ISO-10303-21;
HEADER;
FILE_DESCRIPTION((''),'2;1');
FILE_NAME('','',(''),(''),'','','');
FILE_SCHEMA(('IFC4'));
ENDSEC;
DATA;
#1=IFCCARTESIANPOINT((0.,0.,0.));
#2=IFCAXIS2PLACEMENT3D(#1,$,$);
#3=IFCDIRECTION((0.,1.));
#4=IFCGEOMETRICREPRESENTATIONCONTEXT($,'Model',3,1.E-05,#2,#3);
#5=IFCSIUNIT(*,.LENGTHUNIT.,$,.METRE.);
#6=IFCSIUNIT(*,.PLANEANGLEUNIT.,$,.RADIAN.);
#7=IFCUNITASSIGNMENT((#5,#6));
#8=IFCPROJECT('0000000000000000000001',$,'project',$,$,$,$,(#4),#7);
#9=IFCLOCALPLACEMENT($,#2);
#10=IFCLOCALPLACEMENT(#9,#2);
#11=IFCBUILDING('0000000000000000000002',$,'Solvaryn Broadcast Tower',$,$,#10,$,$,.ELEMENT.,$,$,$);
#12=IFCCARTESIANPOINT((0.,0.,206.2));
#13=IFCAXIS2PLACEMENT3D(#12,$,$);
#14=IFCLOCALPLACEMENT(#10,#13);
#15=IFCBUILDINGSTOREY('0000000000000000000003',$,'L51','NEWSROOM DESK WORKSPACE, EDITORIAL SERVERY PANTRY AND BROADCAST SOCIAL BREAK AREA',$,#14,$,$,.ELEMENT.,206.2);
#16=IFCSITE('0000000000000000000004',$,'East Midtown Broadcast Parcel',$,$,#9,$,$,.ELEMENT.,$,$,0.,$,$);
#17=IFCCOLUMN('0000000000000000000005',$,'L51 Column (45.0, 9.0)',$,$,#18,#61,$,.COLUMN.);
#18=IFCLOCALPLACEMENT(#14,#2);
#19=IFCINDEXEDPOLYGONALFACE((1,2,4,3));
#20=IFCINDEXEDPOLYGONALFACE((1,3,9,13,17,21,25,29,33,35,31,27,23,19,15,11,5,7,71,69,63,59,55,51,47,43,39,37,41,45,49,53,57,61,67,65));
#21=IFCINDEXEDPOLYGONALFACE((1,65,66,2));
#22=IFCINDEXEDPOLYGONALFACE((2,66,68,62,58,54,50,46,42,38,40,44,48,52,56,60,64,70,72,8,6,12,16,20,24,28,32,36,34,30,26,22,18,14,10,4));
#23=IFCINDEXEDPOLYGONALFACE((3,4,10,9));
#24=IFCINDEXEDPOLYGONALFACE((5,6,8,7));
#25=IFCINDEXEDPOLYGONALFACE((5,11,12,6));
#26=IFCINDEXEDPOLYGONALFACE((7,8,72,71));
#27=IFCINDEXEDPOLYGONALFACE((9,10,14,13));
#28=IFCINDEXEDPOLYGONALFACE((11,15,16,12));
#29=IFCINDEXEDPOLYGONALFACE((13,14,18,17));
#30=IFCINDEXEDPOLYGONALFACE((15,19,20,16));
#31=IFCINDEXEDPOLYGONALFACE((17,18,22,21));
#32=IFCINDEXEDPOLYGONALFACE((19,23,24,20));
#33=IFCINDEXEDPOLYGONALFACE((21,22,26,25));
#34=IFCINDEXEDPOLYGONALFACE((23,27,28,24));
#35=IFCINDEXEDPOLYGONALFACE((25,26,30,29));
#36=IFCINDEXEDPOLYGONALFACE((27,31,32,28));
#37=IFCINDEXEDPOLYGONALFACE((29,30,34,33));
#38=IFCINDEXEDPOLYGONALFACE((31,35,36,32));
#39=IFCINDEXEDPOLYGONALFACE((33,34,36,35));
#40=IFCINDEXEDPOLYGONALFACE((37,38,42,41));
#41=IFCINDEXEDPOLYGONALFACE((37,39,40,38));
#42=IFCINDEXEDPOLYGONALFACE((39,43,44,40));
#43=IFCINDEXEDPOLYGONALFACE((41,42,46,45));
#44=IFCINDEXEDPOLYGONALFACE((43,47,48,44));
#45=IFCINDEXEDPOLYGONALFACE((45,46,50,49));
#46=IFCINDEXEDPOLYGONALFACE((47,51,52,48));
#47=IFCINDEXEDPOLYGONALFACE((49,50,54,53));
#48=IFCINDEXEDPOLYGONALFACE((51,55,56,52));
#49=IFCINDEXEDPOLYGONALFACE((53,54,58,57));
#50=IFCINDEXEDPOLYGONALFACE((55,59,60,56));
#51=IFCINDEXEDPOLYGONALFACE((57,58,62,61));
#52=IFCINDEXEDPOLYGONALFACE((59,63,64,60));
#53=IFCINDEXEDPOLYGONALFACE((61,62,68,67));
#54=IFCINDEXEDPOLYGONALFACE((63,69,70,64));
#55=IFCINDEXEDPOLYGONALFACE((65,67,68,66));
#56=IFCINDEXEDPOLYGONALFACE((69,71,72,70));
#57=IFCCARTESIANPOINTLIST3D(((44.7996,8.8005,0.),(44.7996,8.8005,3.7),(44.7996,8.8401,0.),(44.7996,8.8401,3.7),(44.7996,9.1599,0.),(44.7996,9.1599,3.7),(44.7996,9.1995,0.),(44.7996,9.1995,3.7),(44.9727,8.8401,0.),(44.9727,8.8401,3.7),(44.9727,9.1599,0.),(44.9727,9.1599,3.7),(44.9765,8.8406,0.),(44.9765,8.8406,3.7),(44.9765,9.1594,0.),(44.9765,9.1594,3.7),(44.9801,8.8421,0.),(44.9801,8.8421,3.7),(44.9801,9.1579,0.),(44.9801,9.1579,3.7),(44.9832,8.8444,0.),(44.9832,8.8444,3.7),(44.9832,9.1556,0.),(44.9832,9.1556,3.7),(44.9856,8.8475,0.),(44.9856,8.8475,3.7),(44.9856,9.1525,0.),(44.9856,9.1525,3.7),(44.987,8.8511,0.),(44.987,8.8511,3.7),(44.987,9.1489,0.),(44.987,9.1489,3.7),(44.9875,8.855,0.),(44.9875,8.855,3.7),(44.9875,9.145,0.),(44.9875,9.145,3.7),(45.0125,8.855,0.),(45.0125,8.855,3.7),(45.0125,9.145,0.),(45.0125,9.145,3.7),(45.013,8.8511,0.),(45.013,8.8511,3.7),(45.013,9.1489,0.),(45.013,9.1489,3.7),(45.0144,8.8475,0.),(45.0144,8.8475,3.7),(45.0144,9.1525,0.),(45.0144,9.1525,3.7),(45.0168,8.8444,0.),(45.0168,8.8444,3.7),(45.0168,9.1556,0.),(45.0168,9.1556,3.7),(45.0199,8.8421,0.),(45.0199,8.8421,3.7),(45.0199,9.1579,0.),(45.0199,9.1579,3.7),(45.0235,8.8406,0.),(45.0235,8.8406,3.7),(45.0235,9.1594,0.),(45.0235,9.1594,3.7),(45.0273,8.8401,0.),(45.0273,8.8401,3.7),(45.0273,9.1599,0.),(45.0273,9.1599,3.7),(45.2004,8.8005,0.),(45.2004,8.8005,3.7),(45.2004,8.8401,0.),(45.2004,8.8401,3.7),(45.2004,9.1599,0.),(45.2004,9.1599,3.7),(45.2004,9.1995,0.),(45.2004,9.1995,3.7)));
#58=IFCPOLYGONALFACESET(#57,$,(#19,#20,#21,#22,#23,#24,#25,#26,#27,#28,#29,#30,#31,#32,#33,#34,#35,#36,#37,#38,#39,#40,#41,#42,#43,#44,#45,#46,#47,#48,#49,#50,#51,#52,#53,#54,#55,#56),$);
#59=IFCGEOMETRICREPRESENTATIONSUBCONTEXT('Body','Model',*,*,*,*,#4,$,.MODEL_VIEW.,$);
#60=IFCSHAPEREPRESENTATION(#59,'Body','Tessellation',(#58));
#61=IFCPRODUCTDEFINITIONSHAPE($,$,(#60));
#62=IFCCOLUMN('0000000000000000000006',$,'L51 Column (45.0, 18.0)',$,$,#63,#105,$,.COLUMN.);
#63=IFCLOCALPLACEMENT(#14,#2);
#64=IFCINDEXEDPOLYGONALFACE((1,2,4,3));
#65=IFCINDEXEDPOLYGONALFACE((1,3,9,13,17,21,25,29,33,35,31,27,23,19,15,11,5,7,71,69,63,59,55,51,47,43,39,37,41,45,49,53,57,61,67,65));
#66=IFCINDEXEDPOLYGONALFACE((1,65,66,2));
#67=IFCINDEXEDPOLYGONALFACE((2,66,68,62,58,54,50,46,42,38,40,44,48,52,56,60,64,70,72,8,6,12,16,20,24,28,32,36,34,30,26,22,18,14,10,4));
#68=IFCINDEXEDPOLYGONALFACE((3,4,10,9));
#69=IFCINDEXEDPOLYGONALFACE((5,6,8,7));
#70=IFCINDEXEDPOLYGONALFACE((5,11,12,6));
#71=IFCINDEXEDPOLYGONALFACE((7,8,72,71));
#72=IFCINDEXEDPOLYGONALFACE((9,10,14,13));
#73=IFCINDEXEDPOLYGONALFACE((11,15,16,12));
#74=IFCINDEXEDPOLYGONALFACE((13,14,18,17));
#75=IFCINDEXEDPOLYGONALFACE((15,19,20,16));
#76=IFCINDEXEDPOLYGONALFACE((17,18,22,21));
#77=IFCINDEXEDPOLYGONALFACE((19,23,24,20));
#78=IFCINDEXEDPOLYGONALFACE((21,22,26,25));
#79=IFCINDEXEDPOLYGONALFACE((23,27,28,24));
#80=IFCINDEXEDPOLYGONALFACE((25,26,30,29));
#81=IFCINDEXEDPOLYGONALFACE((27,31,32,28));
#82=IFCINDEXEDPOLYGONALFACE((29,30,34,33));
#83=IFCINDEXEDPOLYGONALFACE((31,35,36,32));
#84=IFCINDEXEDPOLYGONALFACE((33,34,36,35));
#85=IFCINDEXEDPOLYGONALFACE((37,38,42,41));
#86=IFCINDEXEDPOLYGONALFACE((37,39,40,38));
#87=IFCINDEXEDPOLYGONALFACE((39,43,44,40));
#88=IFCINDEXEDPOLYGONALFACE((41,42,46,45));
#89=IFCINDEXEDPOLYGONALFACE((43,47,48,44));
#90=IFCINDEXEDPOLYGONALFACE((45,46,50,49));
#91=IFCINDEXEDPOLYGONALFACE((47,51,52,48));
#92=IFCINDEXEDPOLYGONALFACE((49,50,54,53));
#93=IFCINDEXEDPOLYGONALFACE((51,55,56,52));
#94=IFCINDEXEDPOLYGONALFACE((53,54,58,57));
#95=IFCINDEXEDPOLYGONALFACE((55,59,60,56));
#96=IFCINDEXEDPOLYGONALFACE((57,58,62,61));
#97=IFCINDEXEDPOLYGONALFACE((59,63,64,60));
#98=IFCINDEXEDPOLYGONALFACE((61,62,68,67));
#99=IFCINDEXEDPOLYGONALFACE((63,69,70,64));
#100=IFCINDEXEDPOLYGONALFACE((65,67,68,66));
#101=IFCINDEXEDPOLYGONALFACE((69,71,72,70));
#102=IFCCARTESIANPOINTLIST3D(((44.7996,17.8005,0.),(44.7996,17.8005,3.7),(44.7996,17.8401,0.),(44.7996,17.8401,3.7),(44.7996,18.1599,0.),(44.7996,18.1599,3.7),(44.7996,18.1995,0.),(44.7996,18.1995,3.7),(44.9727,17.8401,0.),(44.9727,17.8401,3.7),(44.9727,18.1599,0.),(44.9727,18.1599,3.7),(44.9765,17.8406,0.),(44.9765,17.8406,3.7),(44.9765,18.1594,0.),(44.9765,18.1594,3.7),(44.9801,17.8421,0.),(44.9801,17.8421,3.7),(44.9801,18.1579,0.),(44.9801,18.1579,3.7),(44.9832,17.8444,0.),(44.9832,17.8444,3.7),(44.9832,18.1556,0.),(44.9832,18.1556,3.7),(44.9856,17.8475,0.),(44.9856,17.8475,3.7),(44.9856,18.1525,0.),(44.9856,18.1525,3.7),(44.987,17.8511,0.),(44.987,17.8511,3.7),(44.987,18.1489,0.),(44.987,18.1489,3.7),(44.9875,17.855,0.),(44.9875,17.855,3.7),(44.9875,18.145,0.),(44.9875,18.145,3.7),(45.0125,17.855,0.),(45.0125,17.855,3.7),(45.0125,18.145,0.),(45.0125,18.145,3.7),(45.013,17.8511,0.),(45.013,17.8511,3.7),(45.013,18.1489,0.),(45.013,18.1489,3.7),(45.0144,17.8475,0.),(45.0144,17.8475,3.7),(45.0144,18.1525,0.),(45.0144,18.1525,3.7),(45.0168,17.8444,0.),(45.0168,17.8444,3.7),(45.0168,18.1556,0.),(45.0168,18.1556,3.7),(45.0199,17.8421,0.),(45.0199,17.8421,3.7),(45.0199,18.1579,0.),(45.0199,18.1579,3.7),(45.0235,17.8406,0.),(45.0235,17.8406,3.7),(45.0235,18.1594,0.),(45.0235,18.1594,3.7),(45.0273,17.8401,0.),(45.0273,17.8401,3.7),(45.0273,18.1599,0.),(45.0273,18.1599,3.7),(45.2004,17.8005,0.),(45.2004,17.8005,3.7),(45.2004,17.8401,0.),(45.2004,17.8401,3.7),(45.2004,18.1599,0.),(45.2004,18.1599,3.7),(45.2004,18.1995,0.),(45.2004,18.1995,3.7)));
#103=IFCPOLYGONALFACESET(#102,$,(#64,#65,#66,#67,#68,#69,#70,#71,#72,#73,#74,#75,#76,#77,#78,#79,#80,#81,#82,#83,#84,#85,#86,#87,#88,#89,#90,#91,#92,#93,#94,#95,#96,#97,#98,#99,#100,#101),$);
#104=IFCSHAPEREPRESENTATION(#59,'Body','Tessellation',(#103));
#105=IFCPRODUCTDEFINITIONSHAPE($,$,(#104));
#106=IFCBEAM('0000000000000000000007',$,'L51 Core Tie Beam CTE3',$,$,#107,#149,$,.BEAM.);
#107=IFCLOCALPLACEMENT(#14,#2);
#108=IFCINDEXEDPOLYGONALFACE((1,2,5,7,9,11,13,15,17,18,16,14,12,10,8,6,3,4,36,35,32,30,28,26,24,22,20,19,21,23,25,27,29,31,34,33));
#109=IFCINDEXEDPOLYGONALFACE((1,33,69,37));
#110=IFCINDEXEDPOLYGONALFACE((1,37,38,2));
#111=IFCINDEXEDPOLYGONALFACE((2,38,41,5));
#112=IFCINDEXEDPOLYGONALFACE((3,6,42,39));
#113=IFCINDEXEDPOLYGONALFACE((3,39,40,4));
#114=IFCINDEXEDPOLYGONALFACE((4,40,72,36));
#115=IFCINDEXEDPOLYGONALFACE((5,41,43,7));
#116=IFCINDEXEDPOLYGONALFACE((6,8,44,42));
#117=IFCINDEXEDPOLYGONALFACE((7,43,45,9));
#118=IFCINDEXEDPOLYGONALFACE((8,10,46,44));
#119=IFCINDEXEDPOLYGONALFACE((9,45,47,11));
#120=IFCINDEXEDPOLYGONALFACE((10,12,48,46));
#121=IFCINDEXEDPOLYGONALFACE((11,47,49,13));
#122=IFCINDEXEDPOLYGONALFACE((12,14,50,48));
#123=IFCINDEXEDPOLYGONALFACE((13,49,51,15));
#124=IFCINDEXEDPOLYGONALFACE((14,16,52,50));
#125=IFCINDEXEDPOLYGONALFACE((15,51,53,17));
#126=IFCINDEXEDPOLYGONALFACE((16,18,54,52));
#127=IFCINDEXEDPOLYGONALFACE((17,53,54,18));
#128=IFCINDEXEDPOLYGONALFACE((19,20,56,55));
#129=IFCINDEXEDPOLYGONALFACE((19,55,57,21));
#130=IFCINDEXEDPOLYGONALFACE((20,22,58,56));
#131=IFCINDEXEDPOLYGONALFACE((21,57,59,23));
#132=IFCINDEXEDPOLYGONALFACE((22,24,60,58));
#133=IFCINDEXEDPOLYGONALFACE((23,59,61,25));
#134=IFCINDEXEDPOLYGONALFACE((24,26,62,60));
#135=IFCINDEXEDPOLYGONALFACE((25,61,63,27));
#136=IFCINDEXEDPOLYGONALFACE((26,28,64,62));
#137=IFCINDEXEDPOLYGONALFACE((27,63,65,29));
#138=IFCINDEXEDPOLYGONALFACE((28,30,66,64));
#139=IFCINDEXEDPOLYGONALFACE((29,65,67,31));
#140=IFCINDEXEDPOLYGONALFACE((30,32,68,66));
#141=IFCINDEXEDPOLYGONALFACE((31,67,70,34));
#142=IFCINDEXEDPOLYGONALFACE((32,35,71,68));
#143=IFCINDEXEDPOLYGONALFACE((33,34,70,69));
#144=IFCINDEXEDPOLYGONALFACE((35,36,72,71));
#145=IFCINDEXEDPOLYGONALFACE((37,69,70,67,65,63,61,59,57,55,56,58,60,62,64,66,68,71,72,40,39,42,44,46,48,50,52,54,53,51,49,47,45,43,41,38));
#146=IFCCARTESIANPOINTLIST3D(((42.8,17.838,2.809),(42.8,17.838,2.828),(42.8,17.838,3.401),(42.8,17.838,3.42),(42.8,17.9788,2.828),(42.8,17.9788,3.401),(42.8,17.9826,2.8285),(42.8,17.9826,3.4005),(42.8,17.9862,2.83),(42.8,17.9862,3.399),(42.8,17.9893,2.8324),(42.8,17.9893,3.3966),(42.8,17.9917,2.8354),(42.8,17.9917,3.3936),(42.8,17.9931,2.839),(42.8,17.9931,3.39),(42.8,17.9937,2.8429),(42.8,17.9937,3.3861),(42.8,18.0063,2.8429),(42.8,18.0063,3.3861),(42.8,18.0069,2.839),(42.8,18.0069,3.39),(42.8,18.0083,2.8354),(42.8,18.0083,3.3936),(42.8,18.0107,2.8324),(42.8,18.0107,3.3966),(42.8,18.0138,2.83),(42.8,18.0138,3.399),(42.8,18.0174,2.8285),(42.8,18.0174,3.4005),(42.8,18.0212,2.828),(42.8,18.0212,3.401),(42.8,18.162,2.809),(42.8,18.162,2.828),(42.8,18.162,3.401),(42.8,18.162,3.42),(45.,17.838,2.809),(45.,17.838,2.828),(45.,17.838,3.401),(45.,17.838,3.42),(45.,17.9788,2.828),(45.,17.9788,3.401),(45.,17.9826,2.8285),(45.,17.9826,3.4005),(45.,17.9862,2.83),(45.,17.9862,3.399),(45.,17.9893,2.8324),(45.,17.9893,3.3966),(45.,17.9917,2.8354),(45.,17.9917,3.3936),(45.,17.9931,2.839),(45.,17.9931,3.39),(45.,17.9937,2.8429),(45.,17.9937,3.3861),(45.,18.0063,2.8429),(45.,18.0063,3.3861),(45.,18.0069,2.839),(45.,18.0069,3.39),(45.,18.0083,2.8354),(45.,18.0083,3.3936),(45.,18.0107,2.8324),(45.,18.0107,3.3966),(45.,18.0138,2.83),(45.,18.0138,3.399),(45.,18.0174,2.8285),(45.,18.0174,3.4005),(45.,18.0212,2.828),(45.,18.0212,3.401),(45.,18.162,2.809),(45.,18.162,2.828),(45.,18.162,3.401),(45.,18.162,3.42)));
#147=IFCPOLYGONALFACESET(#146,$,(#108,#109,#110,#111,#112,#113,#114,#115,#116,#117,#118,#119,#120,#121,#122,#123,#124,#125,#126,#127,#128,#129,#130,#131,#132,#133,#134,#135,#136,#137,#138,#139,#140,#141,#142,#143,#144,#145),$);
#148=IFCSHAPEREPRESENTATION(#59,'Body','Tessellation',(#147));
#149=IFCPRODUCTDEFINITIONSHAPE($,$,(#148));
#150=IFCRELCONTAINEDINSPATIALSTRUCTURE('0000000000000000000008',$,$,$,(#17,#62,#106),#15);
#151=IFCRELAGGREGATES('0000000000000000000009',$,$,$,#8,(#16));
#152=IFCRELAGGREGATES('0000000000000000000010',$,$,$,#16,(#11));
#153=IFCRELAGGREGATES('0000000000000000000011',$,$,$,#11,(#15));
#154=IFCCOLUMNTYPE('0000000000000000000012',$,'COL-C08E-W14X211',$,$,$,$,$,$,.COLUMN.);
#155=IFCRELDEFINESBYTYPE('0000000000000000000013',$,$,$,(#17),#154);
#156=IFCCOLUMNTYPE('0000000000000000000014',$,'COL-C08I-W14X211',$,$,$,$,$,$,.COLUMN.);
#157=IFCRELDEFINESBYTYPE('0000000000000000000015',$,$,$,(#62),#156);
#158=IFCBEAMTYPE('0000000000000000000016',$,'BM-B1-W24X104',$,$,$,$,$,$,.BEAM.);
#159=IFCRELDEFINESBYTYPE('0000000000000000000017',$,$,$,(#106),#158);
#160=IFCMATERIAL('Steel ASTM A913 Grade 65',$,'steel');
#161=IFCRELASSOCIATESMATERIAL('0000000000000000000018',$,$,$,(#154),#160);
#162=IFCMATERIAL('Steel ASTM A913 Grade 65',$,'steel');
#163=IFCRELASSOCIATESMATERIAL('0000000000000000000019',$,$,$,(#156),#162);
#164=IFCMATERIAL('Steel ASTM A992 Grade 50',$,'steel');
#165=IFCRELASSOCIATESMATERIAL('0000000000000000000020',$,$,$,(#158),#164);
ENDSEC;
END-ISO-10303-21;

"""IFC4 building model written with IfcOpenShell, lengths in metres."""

from ifc_helpers import new_model, si_unit, direction, frame, origin, origin_2d, place, context, subcontext, project, spatial, i_section, extrude, material, material_profile, profile_set, type_object, element, save


model = new_model("IFC4")

# Units and contexts
model_context = context("Model", 3, precision=1e-05, world=origin(), true_north=direction((0.0, 1.0)))
body_context = subcontext(model_context, "Body", "Model", "MODEL_VIEW")
ifc_project = project(units=[si_unit("LENGTHUNIT", "METRE"), si_unit("PLANEANGLEUNIT", "RADIAN")], contexts=[model_context])

# Site, building, storey
site_placement = place(None, origin())
site = spatial("IfcSite", under=ifc_project, at=site_placement, Name="East Midtown Broadcast Parcel", CompositionType="ELEMENT", RefElevation=0.0)
building_placement = place(site_placement, origin())
building = spatial("IfcBuilding", under=site, at=building_placement, Name="Solvaryn Broadcast Tower", CompositionType="ELEMENT")
storey_placement = place(building_placement, frame((0.0, 0.0, 206.2)))
storey = spatial("IfcBuildingStorey", under=building, at=storey_placement, Name="L51", Description="NEWSROOM DESK WORKSPACE, EDITORIAL SERVERY PANTRY AND BROADCAST SOCIAL BREAK AREA", CompositionType="ELEMENT", Elevation=206.2)

# Columns
ifc_material_1 = material(Name="Steel ASTM A913 Grade 65", Category="steel")
ifc_material_profile_1 = material_profile(ifc_material_1, i_section(OverallWidth=0.4009, OverallDepth=0.3989, WebThickness=0.0249, FlangeThickness=0.0396, FilletRadius=0.0149, at=origin_2d()))
ifc_profile_set_1 = profile_set([ifc_material_profile_1], Name="Steel ASTM A913 Grade 65")
column_type_1 = type_object("IfcColumnType", Name="COL-C08E-W14X211", PredefinedType="COLUMN", material=ifc_profile_set_1)
column_1_placement = place(storey_placement, frame((45.0, 9.0, 0.0), z_axis=(0.0, 0.0, 1.0), x_axis=(1.0, 0.0, 0.0)))
element("IfcColumn", 1, at=column_1_placement, inside=storey, type_object=column_type_1, Name="L51 Column (45.0, 9.0)", PredefinedType="COLUMN", context=body_context, shape_type="SweptSolid", body=[
    extrude(i_section(OverallWidth=0.4009, OverallDepth=0.3989, WebThickness=0.0249, FlangeThickness=0.0396, FilletRadius=0.0149, at=origin_2d()), origin(), (0.0, 0.0, 1.0), 3.7),
])
ifc_material_2 = material(Name="Steel ASTM A913 Grade 65", Category="steel")
ifc_material_profile_2 = material_profile(ifc_material_2, i_section(OverallWidth=0.4009, OverallDepth=0.3989, WebThickness=0.0249, FlangeThickness=0.0396, FilletRadius=0.0149, at=origin_2d()))
ifc_profile_set_2 = profile_set([ifc_material_profile_2], Name="Steel ASTM A913 Grade 65")
column_type_2 = type_object("IfcColumnType", Name="COL-C08I-W14X211", PredefinedType="COLUMN", material=ifc_profile_set_2)
column_2_placement = place(storey_placement, frame((45.0, 18.0, 0.0), z_axis=(0.0, 0.0, 1.0), x_axis=(1.0, 0.0, 0.0)))
element("IfcColumn", 2, at=column_2_placement, inside=storey, type_object=column_type_2, Name="L51 Column (45.0, 18.0)", PredefinedType="COLUMN", context=body_context, shape_type="SweptSolid", body=[
    extrude(i_section(OverallWidth=0.4009, OverallDepth=0.3989, WebThickness=0.0249, FlangeThickness=0.0396, FilletRadius=0.0149, at=origin_2d()), origin(), (0.0, 0.0, 1.0), 3.7),
])

# Beam
ifc_material_3 = material(Name="Steel ASTM A992 Grade 50", Category="steel")
ifc_material_profile_3 = material_profile(ifc_material_3, i_section(OverallWidth=0.324, OverallDepth=0.6111, WebThickness=0.0127, FlangeThickness=0.019, FilletRadius=0.0149, at=origin_2d()))
ifc_profile_set_3 = profile_set([ifc_material_profile_3], Name="Steel ASTM A992 Grade 50")
beam_type = type_object("IfcBeamType", Name="BM-B1-W24X104", PredefinedType="BEAM", material=ifc_profile_set_3)
beam_placement = place(storey_placement, frame((42.8, 18.0, 3.1145), z_axis=(1.0, 0.0, 0.0), x_axis=(0.0, 1.0, 0.0)))
element("IfcBeam", 3, at=beam_placement, inside=storey, type_object=beam_type, Name="L51 Core Tie Beam CTE3", PredefinedType="BEAM", context=body_context, shape_type="SweptSolid", body=[
    extrude(i_section(OverallWidth=0.324, OverallDepth=0.6111, WebThickness=0.0127, FlangeThickness=0.019, FilletRadius=0.0149, at=origin_2d()), origin(), (0.0, 0.0, 1.0), 2.2),
])

save(model, "model.ifc")
